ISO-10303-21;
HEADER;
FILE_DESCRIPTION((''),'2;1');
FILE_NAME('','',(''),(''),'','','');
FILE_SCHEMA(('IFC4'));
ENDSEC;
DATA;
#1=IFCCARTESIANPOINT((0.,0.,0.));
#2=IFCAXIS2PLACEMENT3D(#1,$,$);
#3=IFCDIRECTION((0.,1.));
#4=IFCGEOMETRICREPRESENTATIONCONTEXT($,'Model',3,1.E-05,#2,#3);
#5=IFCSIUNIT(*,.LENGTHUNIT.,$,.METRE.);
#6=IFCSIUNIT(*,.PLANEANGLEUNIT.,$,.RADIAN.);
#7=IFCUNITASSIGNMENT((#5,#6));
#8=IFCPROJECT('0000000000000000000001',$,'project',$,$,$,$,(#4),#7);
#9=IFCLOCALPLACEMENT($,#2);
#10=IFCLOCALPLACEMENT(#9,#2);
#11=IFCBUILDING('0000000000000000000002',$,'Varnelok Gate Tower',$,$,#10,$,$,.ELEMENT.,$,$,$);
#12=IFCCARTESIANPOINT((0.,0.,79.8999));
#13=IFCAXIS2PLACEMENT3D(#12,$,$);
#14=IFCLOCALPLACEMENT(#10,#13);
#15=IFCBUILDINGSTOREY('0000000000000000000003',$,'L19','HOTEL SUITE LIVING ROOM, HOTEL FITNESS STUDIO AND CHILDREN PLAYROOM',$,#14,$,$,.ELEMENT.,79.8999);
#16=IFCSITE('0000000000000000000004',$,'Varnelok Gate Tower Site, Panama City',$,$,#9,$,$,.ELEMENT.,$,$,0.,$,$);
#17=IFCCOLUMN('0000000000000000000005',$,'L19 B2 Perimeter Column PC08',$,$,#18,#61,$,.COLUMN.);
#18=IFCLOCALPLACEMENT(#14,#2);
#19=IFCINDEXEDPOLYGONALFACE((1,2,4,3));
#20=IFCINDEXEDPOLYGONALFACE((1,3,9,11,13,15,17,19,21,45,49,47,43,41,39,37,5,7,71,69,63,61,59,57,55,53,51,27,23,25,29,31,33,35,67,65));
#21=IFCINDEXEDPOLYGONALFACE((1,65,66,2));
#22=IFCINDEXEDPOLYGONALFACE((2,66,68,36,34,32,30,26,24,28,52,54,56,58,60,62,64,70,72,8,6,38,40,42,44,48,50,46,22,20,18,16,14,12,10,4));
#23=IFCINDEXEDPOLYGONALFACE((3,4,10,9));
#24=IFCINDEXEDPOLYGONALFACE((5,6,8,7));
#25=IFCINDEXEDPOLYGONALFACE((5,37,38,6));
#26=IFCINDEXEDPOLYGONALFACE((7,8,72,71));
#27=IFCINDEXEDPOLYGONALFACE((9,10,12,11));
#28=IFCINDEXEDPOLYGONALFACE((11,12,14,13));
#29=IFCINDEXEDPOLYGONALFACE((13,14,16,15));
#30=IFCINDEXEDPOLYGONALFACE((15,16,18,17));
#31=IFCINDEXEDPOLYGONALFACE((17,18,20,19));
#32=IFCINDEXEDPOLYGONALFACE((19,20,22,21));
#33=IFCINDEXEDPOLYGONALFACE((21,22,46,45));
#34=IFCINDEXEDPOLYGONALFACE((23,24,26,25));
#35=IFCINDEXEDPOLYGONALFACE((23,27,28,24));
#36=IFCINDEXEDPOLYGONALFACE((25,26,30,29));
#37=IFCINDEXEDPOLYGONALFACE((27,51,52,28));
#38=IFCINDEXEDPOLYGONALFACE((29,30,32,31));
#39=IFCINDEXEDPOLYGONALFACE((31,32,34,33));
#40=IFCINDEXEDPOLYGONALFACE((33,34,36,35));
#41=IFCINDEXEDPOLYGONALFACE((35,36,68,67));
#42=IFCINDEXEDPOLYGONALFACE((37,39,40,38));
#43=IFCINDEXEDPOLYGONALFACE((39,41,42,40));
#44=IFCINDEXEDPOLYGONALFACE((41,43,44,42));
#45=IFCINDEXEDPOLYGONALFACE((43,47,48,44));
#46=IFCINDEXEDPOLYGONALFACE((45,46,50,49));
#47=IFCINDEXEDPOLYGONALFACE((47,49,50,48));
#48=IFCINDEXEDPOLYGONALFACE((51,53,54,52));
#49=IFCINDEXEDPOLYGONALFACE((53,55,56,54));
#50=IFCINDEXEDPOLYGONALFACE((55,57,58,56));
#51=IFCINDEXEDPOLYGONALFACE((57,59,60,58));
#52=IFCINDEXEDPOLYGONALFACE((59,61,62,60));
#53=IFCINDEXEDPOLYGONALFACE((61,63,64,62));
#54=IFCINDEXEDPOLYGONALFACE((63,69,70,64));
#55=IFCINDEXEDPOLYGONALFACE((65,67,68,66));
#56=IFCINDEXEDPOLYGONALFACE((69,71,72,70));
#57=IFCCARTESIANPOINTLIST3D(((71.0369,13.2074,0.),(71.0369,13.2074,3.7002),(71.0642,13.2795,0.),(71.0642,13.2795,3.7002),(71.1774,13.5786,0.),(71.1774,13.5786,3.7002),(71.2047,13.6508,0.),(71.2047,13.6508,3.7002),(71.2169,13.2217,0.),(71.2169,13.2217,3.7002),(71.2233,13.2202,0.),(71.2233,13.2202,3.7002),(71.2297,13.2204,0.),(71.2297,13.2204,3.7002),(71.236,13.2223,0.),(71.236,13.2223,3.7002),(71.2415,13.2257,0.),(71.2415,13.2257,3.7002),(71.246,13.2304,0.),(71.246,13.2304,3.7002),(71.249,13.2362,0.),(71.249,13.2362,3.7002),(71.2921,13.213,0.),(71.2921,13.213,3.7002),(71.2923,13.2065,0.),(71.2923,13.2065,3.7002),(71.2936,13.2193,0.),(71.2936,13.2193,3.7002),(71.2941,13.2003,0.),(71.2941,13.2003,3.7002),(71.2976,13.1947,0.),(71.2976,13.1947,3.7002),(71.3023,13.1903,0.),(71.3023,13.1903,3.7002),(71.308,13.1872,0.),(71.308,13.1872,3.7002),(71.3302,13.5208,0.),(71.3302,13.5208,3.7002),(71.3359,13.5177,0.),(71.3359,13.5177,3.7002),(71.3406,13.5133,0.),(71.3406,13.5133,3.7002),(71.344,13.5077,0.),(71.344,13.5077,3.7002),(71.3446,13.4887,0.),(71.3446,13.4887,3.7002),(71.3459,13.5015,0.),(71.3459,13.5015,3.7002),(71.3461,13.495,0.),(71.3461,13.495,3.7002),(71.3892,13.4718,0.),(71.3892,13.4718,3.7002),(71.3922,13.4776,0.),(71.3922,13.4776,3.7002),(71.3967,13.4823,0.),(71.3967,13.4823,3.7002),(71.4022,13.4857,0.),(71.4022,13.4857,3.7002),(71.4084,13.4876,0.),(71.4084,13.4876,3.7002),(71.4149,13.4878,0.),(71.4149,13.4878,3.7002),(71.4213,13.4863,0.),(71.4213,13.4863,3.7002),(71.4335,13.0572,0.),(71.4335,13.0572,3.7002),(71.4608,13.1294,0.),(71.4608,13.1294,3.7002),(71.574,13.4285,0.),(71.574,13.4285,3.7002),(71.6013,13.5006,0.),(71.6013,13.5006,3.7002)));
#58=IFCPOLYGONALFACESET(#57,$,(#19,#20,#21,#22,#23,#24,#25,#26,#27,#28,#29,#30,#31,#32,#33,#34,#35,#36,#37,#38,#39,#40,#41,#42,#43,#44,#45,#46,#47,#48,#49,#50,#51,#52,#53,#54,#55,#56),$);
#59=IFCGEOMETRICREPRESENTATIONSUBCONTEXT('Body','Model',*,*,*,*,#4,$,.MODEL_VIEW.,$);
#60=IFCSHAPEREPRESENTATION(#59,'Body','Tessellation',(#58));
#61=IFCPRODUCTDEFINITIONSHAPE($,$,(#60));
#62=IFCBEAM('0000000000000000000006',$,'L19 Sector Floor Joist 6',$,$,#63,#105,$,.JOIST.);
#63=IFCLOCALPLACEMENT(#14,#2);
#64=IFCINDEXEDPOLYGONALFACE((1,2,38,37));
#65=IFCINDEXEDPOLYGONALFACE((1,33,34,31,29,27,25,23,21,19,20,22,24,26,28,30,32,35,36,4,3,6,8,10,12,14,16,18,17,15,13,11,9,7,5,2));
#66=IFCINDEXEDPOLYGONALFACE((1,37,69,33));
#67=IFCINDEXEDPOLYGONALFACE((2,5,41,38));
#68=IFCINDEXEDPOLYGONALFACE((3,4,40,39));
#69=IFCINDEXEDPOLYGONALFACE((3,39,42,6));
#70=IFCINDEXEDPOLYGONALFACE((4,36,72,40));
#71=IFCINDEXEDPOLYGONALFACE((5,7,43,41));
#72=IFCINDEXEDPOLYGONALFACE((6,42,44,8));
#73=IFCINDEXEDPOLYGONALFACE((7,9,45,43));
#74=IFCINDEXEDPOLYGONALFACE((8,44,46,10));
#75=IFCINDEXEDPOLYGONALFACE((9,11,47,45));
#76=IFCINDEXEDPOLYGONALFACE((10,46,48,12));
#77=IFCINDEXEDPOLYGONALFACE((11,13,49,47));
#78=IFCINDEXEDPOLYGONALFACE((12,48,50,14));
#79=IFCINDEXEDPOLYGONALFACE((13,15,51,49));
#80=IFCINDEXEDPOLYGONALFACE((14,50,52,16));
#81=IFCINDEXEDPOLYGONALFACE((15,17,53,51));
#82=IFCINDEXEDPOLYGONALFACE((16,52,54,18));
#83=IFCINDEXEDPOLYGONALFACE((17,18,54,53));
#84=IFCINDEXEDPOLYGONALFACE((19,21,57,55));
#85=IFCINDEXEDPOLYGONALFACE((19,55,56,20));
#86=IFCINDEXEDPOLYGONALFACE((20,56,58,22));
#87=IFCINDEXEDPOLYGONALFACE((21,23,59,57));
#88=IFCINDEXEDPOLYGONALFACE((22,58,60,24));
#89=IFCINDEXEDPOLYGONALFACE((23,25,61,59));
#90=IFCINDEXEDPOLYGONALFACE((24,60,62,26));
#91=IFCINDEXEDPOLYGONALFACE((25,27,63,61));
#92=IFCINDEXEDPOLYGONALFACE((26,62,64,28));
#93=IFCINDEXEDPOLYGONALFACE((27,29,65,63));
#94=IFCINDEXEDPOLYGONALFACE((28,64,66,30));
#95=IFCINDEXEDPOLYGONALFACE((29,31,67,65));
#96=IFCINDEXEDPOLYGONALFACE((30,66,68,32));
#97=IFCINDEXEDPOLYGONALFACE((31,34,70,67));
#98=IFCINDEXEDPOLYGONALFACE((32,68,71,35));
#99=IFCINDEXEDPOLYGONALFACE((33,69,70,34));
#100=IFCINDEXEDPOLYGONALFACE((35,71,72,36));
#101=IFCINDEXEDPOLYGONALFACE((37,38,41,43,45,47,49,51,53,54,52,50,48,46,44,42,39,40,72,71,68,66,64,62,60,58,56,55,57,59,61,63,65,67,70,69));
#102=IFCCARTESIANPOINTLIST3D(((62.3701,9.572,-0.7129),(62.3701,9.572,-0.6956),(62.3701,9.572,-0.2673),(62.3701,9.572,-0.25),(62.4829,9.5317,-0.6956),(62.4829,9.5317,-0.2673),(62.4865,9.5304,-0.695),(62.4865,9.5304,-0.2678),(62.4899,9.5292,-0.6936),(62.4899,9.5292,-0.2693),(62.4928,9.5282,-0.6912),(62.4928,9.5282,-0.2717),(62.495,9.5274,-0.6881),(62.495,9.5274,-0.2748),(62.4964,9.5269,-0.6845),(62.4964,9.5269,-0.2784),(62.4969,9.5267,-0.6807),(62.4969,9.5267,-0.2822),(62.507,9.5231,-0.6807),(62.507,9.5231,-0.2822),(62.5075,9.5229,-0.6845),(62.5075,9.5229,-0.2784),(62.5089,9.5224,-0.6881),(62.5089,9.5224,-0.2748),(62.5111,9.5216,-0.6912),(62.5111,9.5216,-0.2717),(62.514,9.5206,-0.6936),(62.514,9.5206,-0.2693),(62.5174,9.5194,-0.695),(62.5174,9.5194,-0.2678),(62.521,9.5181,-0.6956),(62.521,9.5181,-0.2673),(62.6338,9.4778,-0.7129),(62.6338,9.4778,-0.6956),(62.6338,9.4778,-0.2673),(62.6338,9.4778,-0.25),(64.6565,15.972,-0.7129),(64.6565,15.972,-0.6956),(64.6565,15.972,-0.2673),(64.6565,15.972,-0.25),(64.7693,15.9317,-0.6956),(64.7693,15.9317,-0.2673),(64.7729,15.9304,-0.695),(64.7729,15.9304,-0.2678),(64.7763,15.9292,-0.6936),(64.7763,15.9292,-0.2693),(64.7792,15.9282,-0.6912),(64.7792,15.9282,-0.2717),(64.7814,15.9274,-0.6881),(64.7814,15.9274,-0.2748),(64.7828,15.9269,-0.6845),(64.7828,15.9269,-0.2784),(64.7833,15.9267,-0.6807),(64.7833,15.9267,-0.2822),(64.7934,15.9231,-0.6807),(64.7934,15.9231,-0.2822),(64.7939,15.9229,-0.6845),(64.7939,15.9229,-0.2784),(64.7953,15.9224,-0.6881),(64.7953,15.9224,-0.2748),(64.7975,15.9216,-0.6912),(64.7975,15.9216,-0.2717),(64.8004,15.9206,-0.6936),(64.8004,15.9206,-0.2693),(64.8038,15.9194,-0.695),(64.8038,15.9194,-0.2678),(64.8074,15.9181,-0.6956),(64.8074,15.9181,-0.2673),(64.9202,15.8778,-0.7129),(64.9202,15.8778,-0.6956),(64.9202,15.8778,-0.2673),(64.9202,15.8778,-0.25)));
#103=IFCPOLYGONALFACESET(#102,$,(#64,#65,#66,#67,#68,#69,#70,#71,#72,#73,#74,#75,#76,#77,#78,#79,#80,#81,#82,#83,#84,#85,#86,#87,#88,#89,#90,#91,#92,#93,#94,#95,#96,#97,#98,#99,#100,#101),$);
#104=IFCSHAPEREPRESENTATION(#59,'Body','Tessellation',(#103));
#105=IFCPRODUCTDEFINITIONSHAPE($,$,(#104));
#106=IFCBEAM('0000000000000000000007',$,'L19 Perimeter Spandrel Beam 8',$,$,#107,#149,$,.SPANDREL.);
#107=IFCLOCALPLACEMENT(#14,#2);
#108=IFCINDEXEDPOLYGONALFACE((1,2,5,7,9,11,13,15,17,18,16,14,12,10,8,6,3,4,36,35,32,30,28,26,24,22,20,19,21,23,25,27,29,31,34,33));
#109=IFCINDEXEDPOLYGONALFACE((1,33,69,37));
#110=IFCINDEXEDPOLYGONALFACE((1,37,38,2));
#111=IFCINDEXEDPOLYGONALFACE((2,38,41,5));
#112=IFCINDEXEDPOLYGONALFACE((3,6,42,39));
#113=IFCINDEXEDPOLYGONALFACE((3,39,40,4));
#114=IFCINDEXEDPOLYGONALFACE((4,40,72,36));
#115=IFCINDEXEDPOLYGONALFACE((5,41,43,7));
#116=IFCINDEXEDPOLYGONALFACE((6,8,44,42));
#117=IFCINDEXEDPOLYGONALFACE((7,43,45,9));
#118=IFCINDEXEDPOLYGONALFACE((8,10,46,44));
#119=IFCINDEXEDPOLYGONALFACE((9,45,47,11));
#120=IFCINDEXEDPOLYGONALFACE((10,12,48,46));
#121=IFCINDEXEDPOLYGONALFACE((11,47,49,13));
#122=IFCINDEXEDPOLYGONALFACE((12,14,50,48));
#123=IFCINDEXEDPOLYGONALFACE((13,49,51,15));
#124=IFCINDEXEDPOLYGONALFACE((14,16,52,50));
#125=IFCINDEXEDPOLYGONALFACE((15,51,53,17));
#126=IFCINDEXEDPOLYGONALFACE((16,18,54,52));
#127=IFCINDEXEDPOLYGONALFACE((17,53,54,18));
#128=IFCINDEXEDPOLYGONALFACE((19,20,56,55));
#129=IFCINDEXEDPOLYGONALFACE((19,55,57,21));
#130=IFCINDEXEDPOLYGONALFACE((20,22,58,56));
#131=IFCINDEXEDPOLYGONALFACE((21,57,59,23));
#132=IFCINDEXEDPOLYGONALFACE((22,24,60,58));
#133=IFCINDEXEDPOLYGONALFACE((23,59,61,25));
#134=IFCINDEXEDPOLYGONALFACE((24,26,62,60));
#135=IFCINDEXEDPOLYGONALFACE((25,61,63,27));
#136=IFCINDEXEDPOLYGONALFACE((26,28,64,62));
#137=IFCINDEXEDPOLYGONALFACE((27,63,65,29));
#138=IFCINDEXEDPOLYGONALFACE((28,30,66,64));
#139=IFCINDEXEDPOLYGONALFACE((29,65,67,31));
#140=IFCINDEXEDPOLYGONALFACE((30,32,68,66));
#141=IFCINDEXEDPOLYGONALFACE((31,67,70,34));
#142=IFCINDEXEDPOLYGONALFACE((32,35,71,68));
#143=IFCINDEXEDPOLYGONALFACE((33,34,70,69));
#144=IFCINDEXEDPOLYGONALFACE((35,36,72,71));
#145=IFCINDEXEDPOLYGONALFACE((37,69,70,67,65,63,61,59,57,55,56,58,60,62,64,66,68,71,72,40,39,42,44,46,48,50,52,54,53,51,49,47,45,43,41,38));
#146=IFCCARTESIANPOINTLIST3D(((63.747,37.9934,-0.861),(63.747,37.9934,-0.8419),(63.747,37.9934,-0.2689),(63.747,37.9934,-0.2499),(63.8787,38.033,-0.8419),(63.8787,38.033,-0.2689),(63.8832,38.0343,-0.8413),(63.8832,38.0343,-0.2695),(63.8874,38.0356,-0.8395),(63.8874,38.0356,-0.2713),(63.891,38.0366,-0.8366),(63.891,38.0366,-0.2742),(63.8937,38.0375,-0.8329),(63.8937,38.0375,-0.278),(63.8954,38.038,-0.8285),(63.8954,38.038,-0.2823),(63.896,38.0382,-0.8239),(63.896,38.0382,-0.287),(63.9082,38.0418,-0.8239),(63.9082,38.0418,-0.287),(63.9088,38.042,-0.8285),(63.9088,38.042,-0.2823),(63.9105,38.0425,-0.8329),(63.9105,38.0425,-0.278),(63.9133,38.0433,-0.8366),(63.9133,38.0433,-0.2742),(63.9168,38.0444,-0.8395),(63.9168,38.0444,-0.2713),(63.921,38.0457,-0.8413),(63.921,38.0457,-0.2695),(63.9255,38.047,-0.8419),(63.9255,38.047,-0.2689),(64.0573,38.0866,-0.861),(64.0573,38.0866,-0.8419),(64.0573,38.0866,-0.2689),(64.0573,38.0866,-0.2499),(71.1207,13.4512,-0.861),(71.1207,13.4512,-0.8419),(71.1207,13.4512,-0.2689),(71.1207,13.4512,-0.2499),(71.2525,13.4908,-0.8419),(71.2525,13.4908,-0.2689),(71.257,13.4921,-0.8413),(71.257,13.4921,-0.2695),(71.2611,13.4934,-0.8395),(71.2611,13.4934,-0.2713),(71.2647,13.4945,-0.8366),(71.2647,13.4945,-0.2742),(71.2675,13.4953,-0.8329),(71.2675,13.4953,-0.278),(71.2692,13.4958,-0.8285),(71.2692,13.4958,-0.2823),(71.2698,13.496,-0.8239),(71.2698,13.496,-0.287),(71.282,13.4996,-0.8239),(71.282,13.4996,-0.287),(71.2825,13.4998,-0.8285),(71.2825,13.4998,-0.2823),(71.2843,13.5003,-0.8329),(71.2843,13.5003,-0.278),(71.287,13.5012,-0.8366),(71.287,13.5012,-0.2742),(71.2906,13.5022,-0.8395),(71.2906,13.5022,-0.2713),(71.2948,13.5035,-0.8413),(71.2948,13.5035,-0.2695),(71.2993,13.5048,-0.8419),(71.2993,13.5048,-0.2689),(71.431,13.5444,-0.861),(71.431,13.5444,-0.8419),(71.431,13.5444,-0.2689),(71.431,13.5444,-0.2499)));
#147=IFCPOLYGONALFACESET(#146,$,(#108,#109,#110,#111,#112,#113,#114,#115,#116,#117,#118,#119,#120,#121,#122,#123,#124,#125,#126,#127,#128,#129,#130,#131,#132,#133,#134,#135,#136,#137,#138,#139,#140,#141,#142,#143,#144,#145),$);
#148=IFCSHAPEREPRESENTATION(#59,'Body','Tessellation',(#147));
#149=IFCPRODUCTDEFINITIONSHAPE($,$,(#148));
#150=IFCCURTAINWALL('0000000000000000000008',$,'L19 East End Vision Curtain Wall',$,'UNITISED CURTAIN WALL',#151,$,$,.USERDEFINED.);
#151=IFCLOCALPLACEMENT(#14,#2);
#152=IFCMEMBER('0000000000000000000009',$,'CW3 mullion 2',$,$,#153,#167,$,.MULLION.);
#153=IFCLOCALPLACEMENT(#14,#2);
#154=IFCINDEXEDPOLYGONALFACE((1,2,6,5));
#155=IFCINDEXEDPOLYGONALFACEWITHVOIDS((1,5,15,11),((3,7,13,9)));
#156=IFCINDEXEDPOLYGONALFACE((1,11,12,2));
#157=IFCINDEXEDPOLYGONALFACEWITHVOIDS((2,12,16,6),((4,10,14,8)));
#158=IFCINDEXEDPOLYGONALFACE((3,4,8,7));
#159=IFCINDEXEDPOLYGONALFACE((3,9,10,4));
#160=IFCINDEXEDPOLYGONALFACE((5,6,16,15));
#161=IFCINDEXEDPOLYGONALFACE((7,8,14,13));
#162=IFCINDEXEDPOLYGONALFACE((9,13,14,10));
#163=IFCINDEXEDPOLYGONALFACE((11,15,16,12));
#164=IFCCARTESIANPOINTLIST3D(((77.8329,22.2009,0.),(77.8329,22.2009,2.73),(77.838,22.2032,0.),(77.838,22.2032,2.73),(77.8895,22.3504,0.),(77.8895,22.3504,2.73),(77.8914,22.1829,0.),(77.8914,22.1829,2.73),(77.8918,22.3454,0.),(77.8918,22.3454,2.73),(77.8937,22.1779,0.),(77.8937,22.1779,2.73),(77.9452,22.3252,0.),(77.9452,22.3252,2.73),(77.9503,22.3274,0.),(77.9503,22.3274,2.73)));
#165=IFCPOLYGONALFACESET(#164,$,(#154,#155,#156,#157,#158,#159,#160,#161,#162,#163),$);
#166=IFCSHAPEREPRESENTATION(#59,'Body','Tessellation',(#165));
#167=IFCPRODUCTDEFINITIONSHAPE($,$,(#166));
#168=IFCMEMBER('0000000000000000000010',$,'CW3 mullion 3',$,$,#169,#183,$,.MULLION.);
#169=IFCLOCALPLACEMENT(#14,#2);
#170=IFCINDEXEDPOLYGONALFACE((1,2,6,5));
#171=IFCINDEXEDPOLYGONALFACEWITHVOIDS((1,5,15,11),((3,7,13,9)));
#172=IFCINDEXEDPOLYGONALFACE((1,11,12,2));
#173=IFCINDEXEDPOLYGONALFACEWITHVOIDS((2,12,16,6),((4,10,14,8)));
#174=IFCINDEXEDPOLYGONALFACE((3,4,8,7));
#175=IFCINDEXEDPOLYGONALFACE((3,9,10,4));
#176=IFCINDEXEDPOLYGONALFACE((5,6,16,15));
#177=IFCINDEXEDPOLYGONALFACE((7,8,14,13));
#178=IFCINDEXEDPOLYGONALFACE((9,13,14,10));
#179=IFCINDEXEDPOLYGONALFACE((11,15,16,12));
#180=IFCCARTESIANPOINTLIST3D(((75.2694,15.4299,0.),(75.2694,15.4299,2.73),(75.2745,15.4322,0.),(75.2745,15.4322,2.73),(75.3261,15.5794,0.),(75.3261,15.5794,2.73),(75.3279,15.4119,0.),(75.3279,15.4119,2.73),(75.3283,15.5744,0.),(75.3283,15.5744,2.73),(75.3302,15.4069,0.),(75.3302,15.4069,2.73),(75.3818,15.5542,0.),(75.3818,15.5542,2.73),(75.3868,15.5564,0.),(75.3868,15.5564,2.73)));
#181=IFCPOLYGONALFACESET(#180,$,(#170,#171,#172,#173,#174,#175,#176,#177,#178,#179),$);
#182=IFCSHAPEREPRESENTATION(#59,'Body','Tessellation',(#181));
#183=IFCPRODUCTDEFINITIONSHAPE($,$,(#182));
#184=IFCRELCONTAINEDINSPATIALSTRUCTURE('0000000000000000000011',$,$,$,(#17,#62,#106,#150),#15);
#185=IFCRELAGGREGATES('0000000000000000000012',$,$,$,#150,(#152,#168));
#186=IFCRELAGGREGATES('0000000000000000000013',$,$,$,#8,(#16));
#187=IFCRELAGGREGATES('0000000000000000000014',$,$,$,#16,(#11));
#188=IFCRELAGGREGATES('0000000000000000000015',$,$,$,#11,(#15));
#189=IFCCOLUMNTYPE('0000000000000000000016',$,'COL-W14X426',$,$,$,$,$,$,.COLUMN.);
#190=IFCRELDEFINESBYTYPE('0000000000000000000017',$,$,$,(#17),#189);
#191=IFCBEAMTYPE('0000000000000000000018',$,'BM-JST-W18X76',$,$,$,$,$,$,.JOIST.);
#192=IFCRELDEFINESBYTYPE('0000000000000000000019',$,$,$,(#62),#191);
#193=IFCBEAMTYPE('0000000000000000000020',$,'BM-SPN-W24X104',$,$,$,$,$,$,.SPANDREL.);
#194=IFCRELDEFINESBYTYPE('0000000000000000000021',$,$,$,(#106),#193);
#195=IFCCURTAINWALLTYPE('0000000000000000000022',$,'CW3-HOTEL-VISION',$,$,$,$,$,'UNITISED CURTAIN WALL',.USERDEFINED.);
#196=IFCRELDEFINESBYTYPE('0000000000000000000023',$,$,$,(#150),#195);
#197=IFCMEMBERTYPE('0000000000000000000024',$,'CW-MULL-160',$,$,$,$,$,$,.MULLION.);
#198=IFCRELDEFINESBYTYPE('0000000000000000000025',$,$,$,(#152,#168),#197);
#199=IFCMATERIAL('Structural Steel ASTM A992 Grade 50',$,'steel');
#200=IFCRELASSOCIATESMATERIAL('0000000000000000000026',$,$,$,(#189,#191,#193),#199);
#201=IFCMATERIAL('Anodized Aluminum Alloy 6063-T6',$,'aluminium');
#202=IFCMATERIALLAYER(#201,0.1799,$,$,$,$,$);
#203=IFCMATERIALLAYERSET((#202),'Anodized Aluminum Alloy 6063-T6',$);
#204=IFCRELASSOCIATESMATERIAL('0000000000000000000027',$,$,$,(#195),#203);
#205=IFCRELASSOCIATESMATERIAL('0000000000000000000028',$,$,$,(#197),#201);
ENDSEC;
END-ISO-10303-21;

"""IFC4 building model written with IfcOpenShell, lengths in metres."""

from ifc_helpers import new_model, si_unit, direction, frame, origin, origin_2d, place, context, subcontext, project, spatial, hollow_rectangle, i_section, extrude, material, layer, layer_set, material_profile, profile_set, type_object, element, aggregate, save


model = new_model("IFC4")

# Units and contexts
model_context = context("Model", 3, precision=1e-05, world=origin(), true_north=direction((0.0, 1.0)))
body_context = subcontext(model_context, "Body", "Model", "MODEL_VIEW")
ifc_project = project(units=[si_unit("LENGTHUNIT", "METRE"), si_unit("PLANEANGLEUNIT", "RADIAN")], contexts=[model_context])

# Site, building, storey
site_placement = place(None, origin())
site = spatial("IfcSite", under=ifc_project, at=site_placement, Name="Varnelok Gate Tower Site, Panama City", CompositionType="ELEMENT", RefElevation=0.0)
building_placement = place(site_placement, origin())
building = spatial("IfcBuilding", under=site, at=building_placement, Name="Varnelok Gate Tower", CompositionType="ELEMENT")
storey_placement = place(building_placement, frame((0.0, 0.0, 79.8999)))
storey = spatial("IfcBuildingStorey", under=building, at=storey_placement, Name="L19", Description="HOTEL SUITE LIVING ROOM, HOTEL FITNESS STUDIO AND CHILDREN PLAYROOM", CompositionType="ELEMENT", Elevation=79.8999)

# Column
ifc_material_1 = material(Name="Structural Steel ASTM A992 Grade 50", Category="steel")
ifc_material_profile_1 = material_profile(ifc_material_1, i_section(OverallWidth=0.4241, OverallDepth=0.4741, WebThickness=0.0476, FlangeThickness=0.0771, FilletRadius=0.0249, at=origin_2d()), Name="W14X426")
ifc_profile_set_1 = profile_set([ifc_material_profile_1], Name="Structural Steel ASTM A992 Grade 50")
column_type = type_object("IfcColumnType", Name="COL-W14X426", PredefinedType="COLUMN", material=ifc_profile_set_1)
column_placement = place(storey_placement, frame((71.3191, 13.354, 0.0), z_axis=(0.0, 0.0, 1.0), x_axis=(0.935222, -0.354063, 0.0)))
element("IfcColumn", 1, at=column_placement, inside=storey, type_object=column_type, Name="L19 B2 Perimeter Column PC08", PredefinedType="COLUMN", context=body_context, shape_type="SweptSolid", body=[
    extrude(i_section(OverallWidth=0.4241, OverallDepth=0.4741, WebThickness=0.0476, FlangeThickness=0.0771, FilletRadius=0.0249, at=origin_2d()), origin(), (0.0, 0.0, 1.0), 3.7002),
])

# Beams
ifc_material_profile_2 = material_profile(ifc_material_1, i_section(OverallWidth=0.28, OverallDepth=0.4629, WebThickness=0.0107, FlangeThickness=0.0173, FilletRadius=0.0149, at=origin_2d()), Name="W18X76")
ifc_profile_set_2 = profile_set([ifc_material_profile_2], Name="Structural Steel ASTM A992 Grade 50")
beam_type_1 = type_object("IfcBeamType", Name="BM-JST-W18X76", PredefinedType="JOIST", material=ifc_profile_set_2)
beam_1_placement = place(storey_placement, frame((62.502, 9.5249, -0.4814), z_axis=(0.336427, 0.941709, 0.0), x_axis=(-0.941709, 0.336427, 0.0)))
element("IfcBeam", 2, at=beam_1_placement, inside=storey, type_object=beam_type_1, Name="L19 Sector Floor Joist 6", PredefinedType="JOIST", context=body_context, shape_type="SweptSolid", body=[
    extrude(i_section(OverallWidth=0.28, OverallDepth=0.4629, WebThickness=0.0107, FlangeThickness=0.0173, FilletRadius=0.0149, at=origin_2d()), origin(), (0.0, 0.0, 1.0), 6.7961),
])
ifc_material_profile_3 = material_profile(ifc_material_1, i_section(OverallWidth=0.324, OverallDepth=0.6111, WebThickness=0.0127, FlangeThickness=0.019, FilletRadius=0.0181, at=origin_2d()), Name="W24X104")
ifc_profile_set_3 = profile_set([ifc_material_profile_3], Name="Structural Steel ASTM A992 Grade 50")
beam_type_2 = type_object("IfcBeamType", Name="BM-SPN-W24X104", PredefinedType="SPANDREL", material=ifc_profile_set_3)
beam_2_placement = place(storey_placement, frame((71.2759, 13.4978, -0.5554), z_axis=(-0.287746, 0.957707, 0.0), x_axis=(-0.957707, -0.287746, 0.0)))
element("IfcBeam", 3, at=beam_2_placement, inside=storey, type_object=beam_type_2, Name="L19 Perimeter Spandrel Beam 8", PredefinedType="SPANDREL", context=body_context, shape_type="SweptSolid", body=[
    extrude(i_section(OverallWidth=0.324, OverallDepth=0.6111, WebThickness=0.0127, FlangeThickness=0.019, FilletRadius=0.0181, at=origin_2d()), origin(), (0.0, 0.0, 1.0), 25.626),
])

# Curtain wall, members
ifc_material_2 = material(Name="Anodized Aluminum Alloy 6063-T6", Category="aluminium")
ifc_layer_1 = layer(ifc_material_2, 0.1799)
ifc_layer_set_1 = layer_set([ifc_layer_1], Name="Anodized Aluminum Alloy 6063-T6")
curtain_wall_type = type_object("IfcCurtainWallType", Name="CW3-HOTEL-VISION", ElementType="UNITISED CURTAIN WALL", PredefinedType="USERDEFINED", material=ifc_layer_set_1)
curtain_wall_placement = place(storey_placement, origin())
curtain_wall = element("IfcCurtainWall", 4, at=curtain_wall_placement, inside=storey, type_object=curtain_wall_type, Name="L19 East End Vision Curtain Wall", ObjectType="UNITISED CURTAIN WALL", PredefinedType="USERDEFINED")
ifc_material_profile_4 = material_profile(ifc_material_2, hollow_rectangle(XDim=0.0649, YDim=0.1599, WallThickness=0.0039, at=origin_2d()), Name="ALU160X65X4")
ifc_profile_set_4 = profile_set([ifc_material_profile_4], Name="Anodized Aluminum Alloy 6063-T6")
member_type_1 = type_object("IfcMemberType", Name="CW-MULL-160", PredefinedType="MULLION", material=ifc_profile_set_4)
member_1_placement = place(storey_placement, frame((77.8916, 22.2642, 0.0), z_axis=(0.0, 0.0, 1.0), x_axis=(0.935221, -0.354064, 0.0)))
member_1 = element("IfcMember", 5, at=member_1_placement, type_object=member_type_1, Name="CW3 mullion 2", PredefinedType="MULLION", context=body_context, shape_type="SweptSolid", body=[
    extrude(hollow_rectangle(XDim=0.0649, YDim=0.1599, WallThickness=0.0039, at=origin_2d()), origin(), (0.0, 0.0, 1.0), 2.73),
])
member_2_placement = place(storey_placement, frame((75.3281, 15.4932, 0.0), z_axis=(0.0, 0.0, 1.0), x_axis=(0.935221, -0.354064, 0.0)))
member_2 = element("IfcMember", 6, at=member_2_placement, type_object=member_type_1, Name="CW3 mullion 3", PredefinedType="MULLION", context=body_context, shape_type="SweptSolid", body=[
    extrude(hollow_rectangle(XDim=0.0649, YDim=0.1599, WallThickness=0.0039, at=origin_2d()), origin(), (0.0, 0.0, 1.0), 2.73),
])
aggregate(curtain_wall, [member_1, member_2])

save(model, "model.ifc")
